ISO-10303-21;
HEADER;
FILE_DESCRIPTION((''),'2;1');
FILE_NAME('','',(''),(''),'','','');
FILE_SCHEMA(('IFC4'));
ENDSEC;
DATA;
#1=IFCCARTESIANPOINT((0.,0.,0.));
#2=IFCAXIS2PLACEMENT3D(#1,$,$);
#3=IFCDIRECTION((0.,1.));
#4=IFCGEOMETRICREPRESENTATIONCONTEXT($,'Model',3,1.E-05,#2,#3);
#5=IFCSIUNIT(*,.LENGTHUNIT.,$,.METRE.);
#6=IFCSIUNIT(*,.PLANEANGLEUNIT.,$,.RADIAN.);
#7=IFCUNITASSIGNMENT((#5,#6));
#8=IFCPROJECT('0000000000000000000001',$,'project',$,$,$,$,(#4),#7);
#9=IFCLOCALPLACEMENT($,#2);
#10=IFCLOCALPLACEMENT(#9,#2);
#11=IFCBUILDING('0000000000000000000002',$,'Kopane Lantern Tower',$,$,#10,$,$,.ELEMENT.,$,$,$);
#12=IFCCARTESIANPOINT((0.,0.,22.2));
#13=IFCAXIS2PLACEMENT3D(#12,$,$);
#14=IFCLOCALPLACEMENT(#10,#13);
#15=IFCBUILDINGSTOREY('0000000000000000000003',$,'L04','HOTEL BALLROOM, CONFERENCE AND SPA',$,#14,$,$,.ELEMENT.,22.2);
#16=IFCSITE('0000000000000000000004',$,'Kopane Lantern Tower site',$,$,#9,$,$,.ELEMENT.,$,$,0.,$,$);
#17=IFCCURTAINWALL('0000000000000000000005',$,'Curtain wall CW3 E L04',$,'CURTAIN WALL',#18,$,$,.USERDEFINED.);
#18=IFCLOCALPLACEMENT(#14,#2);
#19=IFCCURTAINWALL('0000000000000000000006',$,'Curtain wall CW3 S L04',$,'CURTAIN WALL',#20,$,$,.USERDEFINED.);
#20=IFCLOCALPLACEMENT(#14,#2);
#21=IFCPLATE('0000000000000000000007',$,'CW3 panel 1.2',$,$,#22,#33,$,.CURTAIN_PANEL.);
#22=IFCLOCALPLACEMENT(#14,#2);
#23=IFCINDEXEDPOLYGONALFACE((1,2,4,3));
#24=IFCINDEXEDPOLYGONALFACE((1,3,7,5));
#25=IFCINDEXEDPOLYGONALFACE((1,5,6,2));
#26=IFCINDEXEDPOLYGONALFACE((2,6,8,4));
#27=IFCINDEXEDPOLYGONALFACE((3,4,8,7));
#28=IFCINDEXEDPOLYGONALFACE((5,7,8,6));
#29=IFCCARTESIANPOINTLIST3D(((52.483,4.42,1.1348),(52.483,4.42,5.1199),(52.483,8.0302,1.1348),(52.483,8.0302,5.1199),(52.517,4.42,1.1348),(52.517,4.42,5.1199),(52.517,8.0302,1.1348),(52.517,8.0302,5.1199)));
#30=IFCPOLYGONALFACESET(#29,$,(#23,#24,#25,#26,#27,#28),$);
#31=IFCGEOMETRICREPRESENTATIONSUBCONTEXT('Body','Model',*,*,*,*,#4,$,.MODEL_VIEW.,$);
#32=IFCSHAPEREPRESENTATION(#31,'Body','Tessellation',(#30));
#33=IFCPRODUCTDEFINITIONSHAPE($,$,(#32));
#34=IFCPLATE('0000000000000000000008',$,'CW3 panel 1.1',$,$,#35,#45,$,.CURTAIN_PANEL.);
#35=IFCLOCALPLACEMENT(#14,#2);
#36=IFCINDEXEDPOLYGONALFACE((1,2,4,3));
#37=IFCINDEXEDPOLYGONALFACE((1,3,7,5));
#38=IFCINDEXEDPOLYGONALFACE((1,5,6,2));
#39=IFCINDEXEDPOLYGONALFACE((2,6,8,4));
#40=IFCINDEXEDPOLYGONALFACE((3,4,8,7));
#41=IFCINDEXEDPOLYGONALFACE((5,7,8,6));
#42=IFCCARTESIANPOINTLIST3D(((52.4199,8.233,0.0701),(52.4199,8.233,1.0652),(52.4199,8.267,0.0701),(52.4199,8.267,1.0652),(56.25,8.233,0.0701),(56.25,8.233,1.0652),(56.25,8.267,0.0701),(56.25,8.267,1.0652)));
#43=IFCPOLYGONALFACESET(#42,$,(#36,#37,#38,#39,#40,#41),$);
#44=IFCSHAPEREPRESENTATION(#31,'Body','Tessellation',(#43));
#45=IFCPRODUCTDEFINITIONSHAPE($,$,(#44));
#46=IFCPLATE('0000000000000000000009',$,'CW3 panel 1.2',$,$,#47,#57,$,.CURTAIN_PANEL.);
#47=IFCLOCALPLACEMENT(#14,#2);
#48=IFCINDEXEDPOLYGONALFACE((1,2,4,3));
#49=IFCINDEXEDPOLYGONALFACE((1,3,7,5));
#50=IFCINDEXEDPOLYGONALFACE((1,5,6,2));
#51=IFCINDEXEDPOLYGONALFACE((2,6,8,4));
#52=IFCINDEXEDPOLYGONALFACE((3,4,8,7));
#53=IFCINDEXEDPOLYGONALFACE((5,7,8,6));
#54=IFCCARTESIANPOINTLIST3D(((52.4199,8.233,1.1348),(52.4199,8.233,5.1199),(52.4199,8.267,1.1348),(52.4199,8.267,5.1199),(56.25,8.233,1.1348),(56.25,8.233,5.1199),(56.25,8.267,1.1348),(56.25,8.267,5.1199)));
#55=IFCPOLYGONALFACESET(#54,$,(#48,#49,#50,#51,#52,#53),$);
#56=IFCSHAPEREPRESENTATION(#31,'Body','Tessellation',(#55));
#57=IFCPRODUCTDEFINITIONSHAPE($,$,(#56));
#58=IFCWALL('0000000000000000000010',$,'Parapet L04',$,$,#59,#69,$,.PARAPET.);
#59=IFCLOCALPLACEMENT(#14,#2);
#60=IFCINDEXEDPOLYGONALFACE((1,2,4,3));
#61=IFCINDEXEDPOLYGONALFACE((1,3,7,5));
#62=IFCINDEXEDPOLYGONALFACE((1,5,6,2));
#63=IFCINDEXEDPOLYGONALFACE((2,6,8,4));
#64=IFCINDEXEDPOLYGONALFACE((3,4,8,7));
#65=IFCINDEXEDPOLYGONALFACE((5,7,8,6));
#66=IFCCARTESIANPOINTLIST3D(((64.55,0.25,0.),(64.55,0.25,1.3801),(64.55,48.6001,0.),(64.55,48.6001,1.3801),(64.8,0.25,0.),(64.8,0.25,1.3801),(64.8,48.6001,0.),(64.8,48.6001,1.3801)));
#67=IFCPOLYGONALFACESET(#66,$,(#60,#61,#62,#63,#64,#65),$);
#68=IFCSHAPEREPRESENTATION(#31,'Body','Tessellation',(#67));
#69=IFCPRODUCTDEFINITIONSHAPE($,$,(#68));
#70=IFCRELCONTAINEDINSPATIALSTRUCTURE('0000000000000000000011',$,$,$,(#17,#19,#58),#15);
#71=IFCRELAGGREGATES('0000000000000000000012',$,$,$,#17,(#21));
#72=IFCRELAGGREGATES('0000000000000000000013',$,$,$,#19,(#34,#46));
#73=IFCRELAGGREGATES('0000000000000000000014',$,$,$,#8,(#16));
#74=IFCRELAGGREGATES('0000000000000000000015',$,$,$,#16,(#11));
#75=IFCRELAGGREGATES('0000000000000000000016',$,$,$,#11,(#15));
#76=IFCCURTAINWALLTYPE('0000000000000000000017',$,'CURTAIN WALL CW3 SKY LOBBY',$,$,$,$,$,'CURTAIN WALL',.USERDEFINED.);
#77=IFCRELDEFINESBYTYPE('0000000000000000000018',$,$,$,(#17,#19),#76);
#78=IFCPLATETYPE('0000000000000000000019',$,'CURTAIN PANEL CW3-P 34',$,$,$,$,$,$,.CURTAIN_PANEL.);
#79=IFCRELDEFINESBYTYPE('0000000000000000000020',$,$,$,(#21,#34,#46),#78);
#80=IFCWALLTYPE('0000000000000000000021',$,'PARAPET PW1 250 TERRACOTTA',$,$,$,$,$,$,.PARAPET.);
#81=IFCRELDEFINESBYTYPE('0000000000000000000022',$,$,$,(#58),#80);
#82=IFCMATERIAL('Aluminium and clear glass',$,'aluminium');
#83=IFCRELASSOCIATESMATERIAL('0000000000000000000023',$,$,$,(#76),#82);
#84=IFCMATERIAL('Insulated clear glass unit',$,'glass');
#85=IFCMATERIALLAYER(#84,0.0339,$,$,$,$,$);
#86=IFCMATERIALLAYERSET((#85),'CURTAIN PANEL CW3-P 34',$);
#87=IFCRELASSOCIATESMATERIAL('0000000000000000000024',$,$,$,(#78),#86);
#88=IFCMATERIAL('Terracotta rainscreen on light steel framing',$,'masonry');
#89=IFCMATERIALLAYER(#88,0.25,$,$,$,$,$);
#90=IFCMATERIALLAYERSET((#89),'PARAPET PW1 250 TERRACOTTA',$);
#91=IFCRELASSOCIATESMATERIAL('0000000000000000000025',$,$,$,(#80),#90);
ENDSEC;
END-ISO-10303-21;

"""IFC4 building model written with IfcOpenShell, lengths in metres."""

from ifc_helpers import new_model, si_unit, direction, frame, frame_2d, origin, origin_2d, place, context, subcontext, project, spatial, rectangle, extrude, material, layer, layer_set, type_object, element, aggregate, save


model = new_model("IFC4")

# Units and contexts
model_context = context("Model", 3, precision=1e-05, world=origin(), true_north=direction((0.0, 1.0)))
body_context = subcontext(model_context, "Body", "Model", "MODEL_VIEW")
ifc_project = project(units=[si_unit("LENGTHUNIT", "METRE"), si_unit("PLANEANGLEUNIT", "RADIAN")], contexts=[model_context])

# Site, building, storey
site_placement = place(None, origin())
site = spatial("IfcSite", under=ifc_project, at=site_placement, Name="Kopane Lantern Tower site", CompositionType="ELEMENT", RefElevation=0.0)
building_placement = place(site_placement, origin())
building = spatial("IfcBuilding", under=site, at=building_placement, Name="Kopane Lantern Tower", CompositionType="ELEMENT")
storey_placement = place(building_placement, frame((0.0, 0.0, 22.2)))
storey = spatial("IfcBuildingStorey", under=building, at=storey_placement, Name="L04", Description="HOTEL BALLROOM, CONFERENCE AND SPA", CompositionType="ELEMENT", Elevation=22.2)

# Curtain wall
ifc_material_1 = material(Name="Aluminium and clear glass", Category="aluminium")
curtain_wall_type = type_object("IfcCurtainWallType", Name="CURTAIN WALL CW3 SKY LOBBY", ElementType="CURTAIN WALL", PredefinedType="USERDEFINED", material=ifc_material_1)
curtain_wall_1_placement = place(storey_placement, origin())
curtain_wall_1 = element("IfcCurtainWall", 1, at=curtain_wall_1_placement, inside=storey, type_object=curtain_wall_type, Name="Curtain wall CW3 E L04", ObjectType="CURTAIN WALL", PredefinedType="USERDEFINED")

# Curtain wall
curtain_wall_2_placement = place(storey_placement, origin())
curtain_wall_2 = element("IfcCurtainWall", 2, at=curtain_wall_2_placement, inside=storey, type_object=curtain_wall_type, Name="Curtain wall CW3 S L04", ObjectType="CURTAIN WALL", PredefinedType="USERDEFINED")

# Plates
ifc_material_2 = material(Name="Insulated clear glass unit", Category="glass")
ifc_layer_1 = layer(ifc_material_2, 0.0339)
ifc_layer_set_1 = layer_set([ifc_layer_1], Name="CURTAIN PANEL CW3-P 34")
plate_type = type_object("IfcPlateType", Name="CURTAIN PANEL CW3-P 34", PredefinedType="CURTAIN_PANEL", material=ifc_layer_set_1)
plate_1_placement = place(storey_placement, frame((52.5, 6.2251, 1.1348), z_axis=(0.0, 0.0, 1.0), x_axis=(0.0, 1.0, 0.0)))
plate_1 = element("IfcPlate", 3, at=plate_1_placement, type_object=plate_type, Name="CW3 panel 1.2", PredefinedType="CURTAIN_PANEL", context=body_context, shape_type="SweptSolid", body=[
    extrude(rectangle(XDim=3.6101, YDim=0.0339, at=origin_2d()), origin(), (0.0, 0.0, 1.0), 3.9851),
])
aggregate(curtain_wall_1, [plate_1])
plate_2_placement = place(storey_placement, frame((54.335, 8.25, 0.0701), z_axis=(0.0, 0.0, 1.0), x_axis=(1.0, 0.0, 0.0)))
plate_2 = element("IfcPlate", 4, at=plate_2_placement, type_object=plate_type, Name="CW3 panel 1.1", PredefinedType="CURTAIN_PANEL", context=body_context, shape_type="SweptSolid", body=[
    extrude(rectangle(XDim=3.8301, YDim=0.0339, at=origin_2d()), origin(), (0.0, 0.0, 1.0), 0.9951),
])
plate_3_placement = place(storey_placement, frame((54.335, 8.25, 1.1348), z_axis=(0.0, 0.0, 1.0), x_axis=(1.0, 0.0, 0.0)))
plate_3 = element("IfcPlate", 5, at=plate_3_placement, type_object=plate_type, Name="CW3 panel 1.2", PredefinedType="CURTAIN_PANEL", context=body_context, shape_type="SweptSolid", body=[
    extrude(rectangle(XDim=3.8301, YDim=0.0339, at=origin_2d()), origin(), (0.0, 0.0, 1.0), 3.9851),
])
aggregate(curtain_wall_2, [plate_2, plate_3])

# Wall
ifc_material_3 = material(Name="Terracotta rainscreen on light steel framing", Category="masonry")
ifc_layer_2 = layer(ifc_material_3, 0.25)
ifc_layer_set_2 = layer_set([ifc_layer_2], Name="PARAPET PW1 250 TERRACOTTA")
wall_type = type_object("IfcWallType", Name="PARAPET PW1 250 TERRACOTTA", PredefinedType="PARAPET", material=ifc_layer_set_2)
wall_placement = place(storey_placement, frame((64.675, 0.25, 0.0), z_axis=(0.0, 0.0, 1.0), x_axis=(0.0, 1.0, 0.0)))
element("IfcWall", 6, at=wall_placement, inside=storey, type_object=wall_type, Name="Parapet L04", PredefinedType="PARAPET", context=body_context, shape_type="SweptSolid", body=[
    extrude(rectangle(XDim=48.3501, YDim=0.25, at=frame_2d((24.175, 0.0))), origin(), (0.0, 0.0, 1.0), 1.3801),
])

save(model, "model.ifc")
